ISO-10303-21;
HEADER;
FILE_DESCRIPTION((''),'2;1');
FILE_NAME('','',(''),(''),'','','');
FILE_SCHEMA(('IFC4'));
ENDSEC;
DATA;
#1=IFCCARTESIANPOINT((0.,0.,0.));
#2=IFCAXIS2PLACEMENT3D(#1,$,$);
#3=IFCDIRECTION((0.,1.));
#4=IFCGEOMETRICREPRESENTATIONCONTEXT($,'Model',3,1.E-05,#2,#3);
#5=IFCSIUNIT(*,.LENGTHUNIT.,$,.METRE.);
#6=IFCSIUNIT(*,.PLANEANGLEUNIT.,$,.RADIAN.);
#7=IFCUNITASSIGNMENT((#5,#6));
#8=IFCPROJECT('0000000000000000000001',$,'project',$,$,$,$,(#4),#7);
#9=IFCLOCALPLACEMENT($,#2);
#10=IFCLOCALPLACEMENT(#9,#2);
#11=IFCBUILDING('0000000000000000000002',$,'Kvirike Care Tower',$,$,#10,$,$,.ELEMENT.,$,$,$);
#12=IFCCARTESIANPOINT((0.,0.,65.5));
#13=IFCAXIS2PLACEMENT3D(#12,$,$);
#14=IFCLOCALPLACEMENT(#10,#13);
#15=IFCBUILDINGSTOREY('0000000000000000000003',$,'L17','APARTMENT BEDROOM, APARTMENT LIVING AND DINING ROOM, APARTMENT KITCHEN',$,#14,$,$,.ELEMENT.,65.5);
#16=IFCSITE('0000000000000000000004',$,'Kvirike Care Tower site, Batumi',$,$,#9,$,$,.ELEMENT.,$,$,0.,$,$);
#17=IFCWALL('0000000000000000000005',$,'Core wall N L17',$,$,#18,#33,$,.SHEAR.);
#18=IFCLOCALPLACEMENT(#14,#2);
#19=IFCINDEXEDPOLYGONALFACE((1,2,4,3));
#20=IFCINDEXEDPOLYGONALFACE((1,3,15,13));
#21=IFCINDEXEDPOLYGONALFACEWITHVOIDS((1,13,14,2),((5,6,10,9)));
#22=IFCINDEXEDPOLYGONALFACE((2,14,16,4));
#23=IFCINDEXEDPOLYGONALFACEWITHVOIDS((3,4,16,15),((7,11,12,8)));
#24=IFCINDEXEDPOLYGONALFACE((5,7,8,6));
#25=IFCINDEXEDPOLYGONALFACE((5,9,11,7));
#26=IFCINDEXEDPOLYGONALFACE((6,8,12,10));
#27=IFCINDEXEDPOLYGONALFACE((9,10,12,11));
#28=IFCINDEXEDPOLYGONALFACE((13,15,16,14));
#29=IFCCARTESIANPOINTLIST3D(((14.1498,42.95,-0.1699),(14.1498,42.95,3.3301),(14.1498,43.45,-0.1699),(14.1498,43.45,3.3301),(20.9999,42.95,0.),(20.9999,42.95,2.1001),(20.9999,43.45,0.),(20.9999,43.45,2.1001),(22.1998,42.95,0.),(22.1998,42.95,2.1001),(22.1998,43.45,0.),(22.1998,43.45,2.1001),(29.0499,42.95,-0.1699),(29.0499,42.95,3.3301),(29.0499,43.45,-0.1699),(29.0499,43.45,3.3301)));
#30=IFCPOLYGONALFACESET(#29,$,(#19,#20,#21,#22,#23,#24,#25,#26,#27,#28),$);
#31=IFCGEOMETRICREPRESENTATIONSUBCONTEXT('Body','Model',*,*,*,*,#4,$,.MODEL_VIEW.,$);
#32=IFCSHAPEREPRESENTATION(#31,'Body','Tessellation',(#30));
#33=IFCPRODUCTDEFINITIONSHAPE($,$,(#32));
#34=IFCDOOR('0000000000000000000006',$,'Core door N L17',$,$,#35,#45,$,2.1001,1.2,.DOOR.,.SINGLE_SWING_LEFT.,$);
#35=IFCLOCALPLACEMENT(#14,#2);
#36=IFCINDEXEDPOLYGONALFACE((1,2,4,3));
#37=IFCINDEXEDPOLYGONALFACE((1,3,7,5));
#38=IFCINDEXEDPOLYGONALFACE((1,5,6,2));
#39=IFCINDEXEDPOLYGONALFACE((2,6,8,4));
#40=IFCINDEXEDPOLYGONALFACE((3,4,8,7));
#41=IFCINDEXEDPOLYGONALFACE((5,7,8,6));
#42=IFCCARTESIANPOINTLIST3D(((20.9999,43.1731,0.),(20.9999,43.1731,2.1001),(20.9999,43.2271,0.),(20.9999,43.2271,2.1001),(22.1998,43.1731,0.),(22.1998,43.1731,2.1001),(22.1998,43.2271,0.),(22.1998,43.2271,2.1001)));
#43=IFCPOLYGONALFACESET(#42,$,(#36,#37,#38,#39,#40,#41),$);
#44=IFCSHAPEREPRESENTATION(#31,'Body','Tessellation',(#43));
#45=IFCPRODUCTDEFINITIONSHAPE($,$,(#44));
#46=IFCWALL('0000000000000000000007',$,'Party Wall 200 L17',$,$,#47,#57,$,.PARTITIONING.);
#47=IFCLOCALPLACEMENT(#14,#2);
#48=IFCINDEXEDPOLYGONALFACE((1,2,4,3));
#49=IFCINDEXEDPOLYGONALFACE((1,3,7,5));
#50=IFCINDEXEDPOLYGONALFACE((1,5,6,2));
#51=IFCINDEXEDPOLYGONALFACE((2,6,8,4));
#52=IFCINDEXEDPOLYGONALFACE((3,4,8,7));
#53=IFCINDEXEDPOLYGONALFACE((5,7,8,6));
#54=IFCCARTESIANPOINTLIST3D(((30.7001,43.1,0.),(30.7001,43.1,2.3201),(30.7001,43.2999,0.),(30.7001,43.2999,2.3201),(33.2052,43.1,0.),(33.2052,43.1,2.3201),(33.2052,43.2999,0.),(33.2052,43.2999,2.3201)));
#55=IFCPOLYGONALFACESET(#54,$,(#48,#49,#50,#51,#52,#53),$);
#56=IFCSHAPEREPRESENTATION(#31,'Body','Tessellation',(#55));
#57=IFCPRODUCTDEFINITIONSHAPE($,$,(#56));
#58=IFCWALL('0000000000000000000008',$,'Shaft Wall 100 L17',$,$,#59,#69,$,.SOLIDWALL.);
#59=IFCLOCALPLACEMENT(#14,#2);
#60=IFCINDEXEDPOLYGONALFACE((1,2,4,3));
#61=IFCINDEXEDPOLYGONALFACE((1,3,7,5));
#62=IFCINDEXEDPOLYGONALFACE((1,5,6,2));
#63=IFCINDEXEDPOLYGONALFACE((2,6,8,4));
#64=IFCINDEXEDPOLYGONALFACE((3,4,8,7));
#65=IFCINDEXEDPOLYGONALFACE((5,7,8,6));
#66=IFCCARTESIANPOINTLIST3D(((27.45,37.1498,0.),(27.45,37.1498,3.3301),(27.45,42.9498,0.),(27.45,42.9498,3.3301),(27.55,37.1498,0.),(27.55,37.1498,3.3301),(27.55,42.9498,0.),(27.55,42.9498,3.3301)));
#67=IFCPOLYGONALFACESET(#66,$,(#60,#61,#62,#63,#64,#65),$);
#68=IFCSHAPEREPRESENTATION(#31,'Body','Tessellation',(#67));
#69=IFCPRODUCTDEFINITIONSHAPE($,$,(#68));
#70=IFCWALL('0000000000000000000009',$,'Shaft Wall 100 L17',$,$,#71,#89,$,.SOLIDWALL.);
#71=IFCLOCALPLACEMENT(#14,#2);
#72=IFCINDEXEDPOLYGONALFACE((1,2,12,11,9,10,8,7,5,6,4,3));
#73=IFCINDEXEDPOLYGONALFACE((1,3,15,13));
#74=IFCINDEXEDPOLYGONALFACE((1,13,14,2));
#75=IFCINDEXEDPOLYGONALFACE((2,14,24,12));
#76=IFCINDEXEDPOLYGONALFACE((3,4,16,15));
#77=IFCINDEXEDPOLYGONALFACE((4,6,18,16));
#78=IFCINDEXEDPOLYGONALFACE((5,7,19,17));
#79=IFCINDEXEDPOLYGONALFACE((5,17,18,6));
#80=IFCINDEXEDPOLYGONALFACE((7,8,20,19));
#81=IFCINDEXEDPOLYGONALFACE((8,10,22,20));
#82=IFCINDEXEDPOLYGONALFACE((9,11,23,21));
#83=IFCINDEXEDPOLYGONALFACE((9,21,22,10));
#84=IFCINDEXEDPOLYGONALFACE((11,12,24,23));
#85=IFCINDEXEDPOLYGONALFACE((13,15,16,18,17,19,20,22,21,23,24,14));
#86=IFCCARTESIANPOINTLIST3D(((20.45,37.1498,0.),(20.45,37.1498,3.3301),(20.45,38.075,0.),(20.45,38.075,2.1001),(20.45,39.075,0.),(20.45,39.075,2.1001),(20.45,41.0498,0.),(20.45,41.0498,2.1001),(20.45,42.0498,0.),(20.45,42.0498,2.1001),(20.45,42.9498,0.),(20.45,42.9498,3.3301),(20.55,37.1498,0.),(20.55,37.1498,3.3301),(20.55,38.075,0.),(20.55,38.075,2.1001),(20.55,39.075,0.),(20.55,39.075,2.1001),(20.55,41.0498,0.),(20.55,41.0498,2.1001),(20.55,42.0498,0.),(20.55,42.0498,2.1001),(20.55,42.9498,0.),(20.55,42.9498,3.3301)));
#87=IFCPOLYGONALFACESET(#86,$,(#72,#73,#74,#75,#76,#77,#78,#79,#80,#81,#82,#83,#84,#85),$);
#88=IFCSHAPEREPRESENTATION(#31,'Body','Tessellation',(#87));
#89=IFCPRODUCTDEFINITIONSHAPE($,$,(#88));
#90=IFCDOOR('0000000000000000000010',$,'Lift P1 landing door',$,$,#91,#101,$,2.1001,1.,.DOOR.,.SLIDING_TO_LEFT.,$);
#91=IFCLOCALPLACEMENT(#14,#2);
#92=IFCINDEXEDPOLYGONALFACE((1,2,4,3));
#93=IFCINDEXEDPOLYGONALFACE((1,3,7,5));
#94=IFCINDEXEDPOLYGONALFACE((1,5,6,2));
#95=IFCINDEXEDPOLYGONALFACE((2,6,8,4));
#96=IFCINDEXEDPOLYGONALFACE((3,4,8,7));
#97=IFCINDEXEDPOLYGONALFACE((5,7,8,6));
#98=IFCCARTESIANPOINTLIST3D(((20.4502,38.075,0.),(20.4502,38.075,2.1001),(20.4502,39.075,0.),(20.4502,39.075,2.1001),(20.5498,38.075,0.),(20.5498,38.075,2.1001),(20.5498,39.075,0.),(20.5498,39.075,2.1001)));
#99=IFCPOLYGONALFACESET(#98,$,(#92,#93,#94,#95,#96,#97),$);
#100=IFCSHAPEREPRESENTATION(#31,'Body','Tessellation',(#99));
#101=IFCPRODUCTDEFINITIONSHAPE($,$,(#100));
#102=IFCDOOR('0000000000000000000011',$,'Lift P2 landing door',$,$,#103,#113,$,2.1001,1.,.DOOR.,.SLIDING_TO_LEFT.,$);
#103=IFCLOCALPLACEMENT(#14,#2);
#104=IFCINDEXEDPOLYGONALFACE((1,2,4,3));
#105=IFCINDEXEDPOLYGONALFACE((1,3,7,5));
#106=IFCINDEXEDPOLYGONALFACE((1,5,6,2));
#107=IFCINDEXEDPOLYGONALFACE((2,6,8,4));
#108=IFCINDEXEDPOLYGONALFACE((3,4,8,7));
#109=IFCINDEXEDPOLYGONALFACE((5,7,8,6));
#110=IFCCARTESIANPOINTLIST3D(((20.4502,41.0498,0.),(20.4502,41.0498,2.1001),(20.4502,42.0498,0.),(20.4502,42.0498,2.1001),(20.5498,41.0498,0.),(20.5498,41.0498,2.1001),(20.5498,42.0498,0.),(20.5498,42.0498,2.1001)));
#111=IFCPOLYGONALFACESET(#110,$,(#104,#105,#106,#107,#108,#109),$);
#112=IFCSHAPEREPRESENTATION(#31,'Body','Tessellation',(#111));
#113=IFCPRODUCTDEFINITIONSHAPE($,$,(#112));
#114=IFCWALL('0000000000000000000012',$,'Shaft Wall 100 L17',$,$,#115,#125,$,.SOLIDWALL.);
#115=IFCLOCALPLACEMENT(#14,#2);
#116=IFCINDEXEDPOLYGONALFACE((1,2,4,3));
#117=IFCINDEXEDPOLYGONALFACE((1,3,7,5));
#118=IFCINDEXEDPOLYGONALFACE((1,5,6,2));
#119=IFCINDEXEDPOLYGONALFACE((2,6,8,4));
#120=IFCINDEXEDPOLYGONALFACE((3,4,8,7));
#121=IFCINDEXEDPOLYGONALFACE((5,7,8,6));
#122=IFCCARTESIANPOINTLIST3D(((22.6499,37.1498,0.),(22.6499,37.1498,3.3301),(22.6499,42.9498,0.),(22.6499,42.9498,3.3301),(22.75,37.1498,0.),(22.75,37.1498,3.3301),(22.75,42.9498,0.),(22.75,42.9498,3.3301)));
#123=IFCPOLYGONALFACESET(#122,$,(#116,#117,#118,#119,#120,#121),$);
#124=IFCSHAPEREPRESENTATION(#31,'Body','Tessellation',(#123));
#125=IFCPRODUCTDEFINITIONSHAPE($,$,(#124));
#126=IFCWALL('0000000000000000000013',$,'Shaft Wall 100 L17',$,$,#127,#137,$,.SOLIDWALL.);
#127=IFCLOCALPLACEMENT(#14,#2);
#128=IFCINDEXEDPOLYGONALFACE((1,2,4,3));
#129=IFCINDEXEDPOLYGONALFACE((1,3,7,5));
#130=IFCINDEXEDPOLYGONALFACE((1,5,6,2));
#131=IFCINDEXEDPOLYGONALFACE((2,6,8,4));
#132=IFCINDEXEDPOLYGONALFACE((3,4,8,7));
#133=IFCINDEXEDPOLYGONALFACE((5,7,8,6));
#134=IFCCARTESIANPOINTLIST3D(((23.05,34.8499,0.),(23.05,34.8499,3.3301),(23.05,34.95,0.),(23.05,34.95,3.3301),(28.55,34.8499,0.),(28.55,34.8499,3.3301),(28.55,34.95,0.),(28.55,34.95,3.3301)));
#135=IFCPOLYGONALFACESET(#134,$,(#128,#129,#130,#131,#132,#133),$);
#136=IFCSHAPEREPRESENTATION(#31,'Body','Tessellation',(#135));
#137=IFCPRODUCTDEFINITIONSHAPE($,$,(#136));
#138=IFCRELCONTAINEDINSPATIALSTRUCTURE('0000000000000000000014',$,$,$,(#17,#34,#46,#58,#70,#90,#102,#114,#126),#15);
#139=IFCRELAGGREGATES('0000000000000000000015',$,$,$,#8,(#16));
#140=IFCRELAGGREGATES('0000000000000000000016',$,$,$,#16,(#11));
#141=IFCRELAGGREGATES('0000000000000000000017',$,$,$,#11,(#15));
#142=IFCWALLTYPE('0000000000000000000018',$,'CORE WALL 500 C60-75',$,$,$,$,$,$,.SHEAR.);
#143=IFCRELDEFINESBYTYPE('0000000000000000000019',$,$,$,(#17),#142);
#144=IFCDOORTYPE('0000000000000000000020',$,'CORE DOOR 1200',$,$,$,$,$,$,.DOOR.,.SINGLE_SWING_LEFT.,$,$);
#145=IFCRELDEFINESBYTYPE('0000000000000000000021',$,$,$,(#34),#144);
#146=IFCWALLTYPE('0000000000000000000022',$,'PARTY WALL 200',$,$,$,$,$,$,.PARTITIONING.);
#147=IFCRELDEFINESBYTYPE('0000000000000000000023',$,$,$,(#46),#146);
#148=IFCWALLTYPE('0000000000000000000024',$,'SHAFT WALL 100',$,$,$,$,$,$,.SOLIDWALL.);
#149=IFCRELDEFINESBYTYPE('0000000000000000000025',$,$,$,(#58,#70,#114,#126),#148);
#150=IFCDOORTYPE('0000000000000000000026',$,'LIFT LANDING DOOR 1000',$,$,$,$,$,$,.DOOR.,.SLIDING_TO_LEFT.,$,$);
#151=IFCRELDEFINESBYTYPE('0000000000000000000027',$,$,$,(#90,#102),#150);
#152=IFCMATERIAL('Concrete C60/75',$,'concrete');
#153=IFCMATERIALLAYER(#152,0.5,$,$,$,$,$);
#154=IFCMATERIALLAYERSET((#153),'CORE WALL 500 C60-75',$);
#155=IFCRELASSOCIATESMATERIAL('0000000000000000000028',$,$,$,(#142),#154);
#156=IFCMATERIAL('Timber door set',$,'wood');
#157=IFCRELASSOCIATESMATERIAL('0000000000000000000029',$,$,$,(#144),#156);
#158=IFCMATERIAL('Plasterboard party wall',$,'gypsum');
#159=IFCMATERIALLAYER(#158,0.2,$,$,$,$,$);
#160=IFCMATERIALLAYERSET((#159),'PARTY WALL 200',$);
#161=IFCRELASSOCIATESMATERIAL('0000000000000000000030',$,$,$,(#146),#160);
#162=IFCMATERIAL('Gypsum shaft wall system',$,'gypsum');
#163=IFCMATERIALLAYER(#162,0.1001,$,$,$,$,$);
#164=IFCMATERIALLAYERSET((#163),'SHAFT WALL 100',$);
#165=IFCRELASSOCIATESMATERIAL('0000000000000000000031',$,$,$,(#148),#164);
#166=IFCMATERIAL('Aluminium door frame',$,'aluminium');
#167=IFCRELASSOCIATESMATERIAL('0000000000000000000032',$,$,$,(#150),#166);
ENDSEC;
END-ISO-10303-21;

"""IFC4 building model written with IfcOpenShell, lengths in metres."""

from ifc_helpers import new_model, si_unit, direction, frame, frame_2d, origin, place, context, subcontext, project, spatial, rectangle, extrude, material, layer, layer_set, type_object, element, fill, save


model = new_model("IFC4")

# Units and contexts
model_context = context("Model", 3, precision=1e-05, world=origin(), true_north=direction((0.0, 1.0)))
body_context = subcontext(model_context, "Body", "Model", "MODEL_VIEW")
ifc_project = project(units=[si_unit("LENGTHUNIT", "METRE"), si_unit("PLANEANGLEUNIT", "RADIAN")], contexts=[model_context])

# Site, building, storey
site_placement = place(None, origin())
site = spatial("IfcSite", under=ifc_project, at=site_placement, Name="Kvirike Care Tower site, Batumi", CompositionType="ELEMENT", RefElevation=0.0)
building_placement = place(site_placement, origin())
building = spatial("IfcBuilding", under=site, at=building_placement, Name="Kvirike Care Tower", CompositionType="ELEMENT")
storey_placement = place(building_placement, frame((0.0, 0.0, 65.5)))
storey = spatial("IfcBuildingStorey", under=building, at=storey_placement, Name="L17", Description="APARTMENT BEDROOM, APARTMENT LIVING AND DINING ROOM, APARTMENT KITCHEN", CompositionType="ELEMENT", Elevation=65.5)

# Wall, opening, door
ifc_material_1 = material(Name="Concrete C60/75", Category="concrete")
ifc_layer_1 = layer(ifc_material_1, 0.5)
ifc_layer_set_1 = layer_set([ifc_layer_1], Name="CORE WALL 500 C60-75")
wall_type_1 = type_object("IfcWallType", Name="CORE WALL 500 C60-75", PredefinedType="SHEAR", material=ifc_layer_set_1)
wall_1_placement = place(storey_placement, frame((29.05, 43.2, -0.1699), z_axis=(0.0, 0.0, 1.0), x_axis=(-1.0, 0.0, 0.0)))
wall_1 = element("IfcWall", 1, at=wall_1_placement, inside=storey, type_object=wall_type_1, Name="Core wall N L17", PredefinedType="SHEAR", context=body_context, shape_type="SweptSolid", body=[
    extrude(rectangle(XDim=14.9001, YDim=0.5, at=frame_2d((7.4502, 0.0))), origin(), (0.0, 0.0, 1.0), 3.5),
])
opening_1_placement = place(wall_1_placement, frame((6.8501, 0.0, 0.1699)))
opening_1 = element("IfcOpeningElement", 2, at=opening_1_placement, cuts=wall_1, PredefinedType="OPENING", context=body_context, shape_type="SweptSolid", body=[
    extrude(rectangle(XDim=1.2, YDim=2.1001, at=frame_2d((0.6001, 1.05))), frame((0.0, 0.2605, 0.0), z_axis=(0.0, -1.0, 0.0), x_axis=(1.0, 0.0, 0.0)), (0.0, 0.0, 1.0), 0.521),
])
ifc_material_2 = material(Name="Timber door set", Category="wood")
door_type_1 = type_object("IfcDoorType", Name="CORE DOOR 1200", OperationType="SINGLE_SWING_LEFT", PredefinedType="DOOR", material=ifc_material_2)
door_1_placement = place(opening_1_placement, origin())
door_1 = element("IfcDoor", 3, at=door_1_placement, inside=storey, type_object=door_type_1, Name="Core door N L17", OperationType="SINGLE_SWING_LEFT", OverallHeight=2.1001, OverallWidth=1.2, PredefinedType="DOOR", context=body_context, shape_type="SweptSolid", body=[
    extrude(rectangle(XDim=1.2, YDim=2.1001, at=frame_2d((0.6001, 1.05))), frame((0.0, 0.0269, 0.0), z_axis=(0.0, -1.0, 0.0), x_axis=(1.0, 0.0, 0.0)), (0.0, 0.0, 1.0), 0.054),
])
fill(opening_1, door_1)

# Walls
ifc_material_3 = material(Name="Plasterboard party wall", Category="gypsum")
ifc_layer_2 = layer(ifc_material_3, 0.2)
ifc_layer_set_2 = layer_set([ifc_layer_2], Name="PARTY WALL 200")
wall_type_2 = type_object("IfcWallType", Name="PARTY WALL 200", PredefinedType="PARTITIONING", material=ifc_layer_set_2)
wall_2_placement = place(storey_placement, frame((33.2051, 43.2, 0.0), z_axis=(0.0, 0.0, 1.0), x_axis=(-1.0, 0.0, 0.0)))
element("IfcWall", 4, at=wall_2_placement, inside=storey, type_object=wall_type_2, Name="Party Wall 200 L17", PredefinedType="PARTITIONING", context=body_context, shape_type="SweptSolid", body=[
    extrude(rectangle(XDim=2.5051, YDim=0.2, at=frame_2d((1.2524, 0.0))), origin(), (0.0, 0.0, 1.0), 2.3201),
])
ifc_material_4 = material(Name="Gypsum shaft wall system", Category="gypsum")
ifc_layer_3 = layer(ifc_material_4, 0.1001)
ifc_layer_set_3 = layer_set([ifc_layer_3], Name="SHAFT WALL 100")
wall_type_3 = type_object("IfcWallType", Name="SHAFT WALL 100", PredefinedType="SOLIDWALL", material=ifc_layer_set_3)
wall_3_placement = place(storey_placement, frame((27.5, 37.1499, 0.0), z_axis=(0.0, 0.0, 1.0), x_axis=(0.0, 1.0, 0.0)))
element("IfcWall", 5, at=wall_3_placement, inside=storey, type_object=wall_type_3, Name="Shaft Wall 100 L17", PredefinedType="SOLIDWALL", context=body_context, shape_type="SweptSolid", body=[
    extrude(rectangle(XDim=5.8, YDim=0.1001, at=frame_2d((2.8999, 0.0))), origin(), (0.0, 0.0, 1.0), 3.3301),
])

# Wall, openings, doors
wall_4_placement = place(storey_placement, frame((20.5, 37.1499, 0.0), z_axis=(0.0, 0.0, 1.0), x_axis=(0.0, 1.0, 0.0)))
wall_4 = element("IfcWall", 6, at=wall_4_placement, inside=storey, type_object=wall_type_3, Name="Shaft Wall 100 L17", PredefinedType="SOLIDWALL", context=body_context, shape_type="SweptSolid", body=[
    extrude(rectangle(XDim=5.8, YDim=0.1001, at=frame_2d((2.8999, 0.0))), origin(), (0.0, 0.0, 1.0), 3.3301),
])
opening_2_placement = place(wall_4_placement, frame((0.925, 0.0, 0.0)))
opening_2 = element("IfcOpeningElement", 7, at=opening_2_placement, cuts=wall_4, PredefinedType="OPENING", context=body_context, shape_type="SweptSolid", body=[
    extrude(rectangle(XDim=1.0, YDim=2.1001, at=frame_2d((0.5, 1.05))), frame((0.0, 0.0605, 0.0), z_axis=(0.0, -1.0, 0.0), x_axis=(1.0, 0.0, 0.0)), (0.0, 0.0, 1.0), 0.1211),
])
opening_3_placement = place(wall_4_placement, frame((3.8999, 0.0, 0.0)))
opening_3 = element("IfcOpeningElement", 8, at=opening_3_placement, cuts=wall_4, PredefinedType="OPENING", context=body_context, shape_type="SweptSolid", body=[
    extrude(rectangle(XDim=1.0, YDim=2.1001, at=frame_2d((0.5, 1.05))), frame((0.0, 0.0605, 0.0), z_axis=(0.0, -1.0, 0.0), x_axis=(1.0, 0.0, 0.0)), (0.0, 0.0, 1.0), 0.1211),
])
ifc_material_5 = material(Name="Aluminium door frame", Category="aluminium")
door_type_2 = type_object("IfcDoorType", Name="LIFT LANDING DOOR 1000", OperationType="SLIDING_TO_LEFT", PredefinedType="DOOR", material=ifc_material_5)
door_2_placement = place(opening_2_placement, origin())
door_2 = element("IfcDoor", 9, at=door_2_placement, inside=storey, type_object=door_type_2, Name="Lift P1 landing door", OperationType="SLIDING_TO_LEFT", OverallHeight=2.1001, OverallWidth=1.0, PredefinedType="DOOR", context=body_context, shape_type="SweptSolid", body=[
    extrude(rectangle(XDim=1.0, YDim=2.1001, at=frame_2d((0.5, 1.05))), frame((0.0, 0.0498, 0.0), z_axis=(0.0, -1.0, 0.0), x_axis=(1.0, 0.0, 0.0)), (0.0, 0.0, 1.0), 0.0996),
])
fill(opening_2, door_2)
door_3_placement = place(opening_3_placement, origin())
door_3 = element("IfcDoor", 10, at=door_3_placement, inside=storey, type_object=door_type_2, Name="Lift P2 landing door", OperationType="SLIDING_TO_LEFT", OverallHeight=2.1001, OverallWidth=1.0, PredefinedType="DOOR", context=body_context, shape_type="SweptSolid", body=[
    extrude(rectangle(XDim=1.0, YDim=2.1001, at=frame_2d((0.5, 1.05))), frame((0.0, 0.0498, 0.0), z_axis=(0.0, -1.0, 0.0), x_axis=(1.0, 0.0, 0.0)), (0.0, 0.0, 1.0), 0.0996),
])
fill(opening_3, door_3)

# Walls
wall_5_placement = place(storey_placement, frame((22.7, 37.1499, 0.0), z_axis=(0.0, 0.0, 1.0), x_axis=(0.0, 1.0, 0.0)))
element("IfcWall", 11, at=wall_5_placement, inside=storey, type_object=wall_type_3, Name="Shaft Wall 100 L17", PredefinedType="SOLIDWALL", context=body_context, shape_type="SweptSolid", body=[
    extrude(rectangle(XDim=5.8, YDim=0.1001, at=frame_2d((2.8999, 0.0))), origin(), (0.0, 0.0, 1.0), 3.3301),
])
wall_6_placement = place(storey_placement, frame((23.05, 34.8999, 0.0), z_axis=(0.0, 0.0, 1.0), x_axis=(1.0, 0.0, 0.0)))
element("IfcWall", 12, at=wall_6_placement, inside=storey, type_object=wall_type_3, Name="Shaft Wall 100 L17", PredefinedType="SOLIDWALL", context=body_context, shape_type="SweptSolid", body=[
    extrude(rectangle(XDim=5.5, YDim=0.1001, at=frame_2d((2.75, 0.0))), origin(), (0.0, 0.0, 1.0), 3.3301),
])

save(model, "model.ifc")
